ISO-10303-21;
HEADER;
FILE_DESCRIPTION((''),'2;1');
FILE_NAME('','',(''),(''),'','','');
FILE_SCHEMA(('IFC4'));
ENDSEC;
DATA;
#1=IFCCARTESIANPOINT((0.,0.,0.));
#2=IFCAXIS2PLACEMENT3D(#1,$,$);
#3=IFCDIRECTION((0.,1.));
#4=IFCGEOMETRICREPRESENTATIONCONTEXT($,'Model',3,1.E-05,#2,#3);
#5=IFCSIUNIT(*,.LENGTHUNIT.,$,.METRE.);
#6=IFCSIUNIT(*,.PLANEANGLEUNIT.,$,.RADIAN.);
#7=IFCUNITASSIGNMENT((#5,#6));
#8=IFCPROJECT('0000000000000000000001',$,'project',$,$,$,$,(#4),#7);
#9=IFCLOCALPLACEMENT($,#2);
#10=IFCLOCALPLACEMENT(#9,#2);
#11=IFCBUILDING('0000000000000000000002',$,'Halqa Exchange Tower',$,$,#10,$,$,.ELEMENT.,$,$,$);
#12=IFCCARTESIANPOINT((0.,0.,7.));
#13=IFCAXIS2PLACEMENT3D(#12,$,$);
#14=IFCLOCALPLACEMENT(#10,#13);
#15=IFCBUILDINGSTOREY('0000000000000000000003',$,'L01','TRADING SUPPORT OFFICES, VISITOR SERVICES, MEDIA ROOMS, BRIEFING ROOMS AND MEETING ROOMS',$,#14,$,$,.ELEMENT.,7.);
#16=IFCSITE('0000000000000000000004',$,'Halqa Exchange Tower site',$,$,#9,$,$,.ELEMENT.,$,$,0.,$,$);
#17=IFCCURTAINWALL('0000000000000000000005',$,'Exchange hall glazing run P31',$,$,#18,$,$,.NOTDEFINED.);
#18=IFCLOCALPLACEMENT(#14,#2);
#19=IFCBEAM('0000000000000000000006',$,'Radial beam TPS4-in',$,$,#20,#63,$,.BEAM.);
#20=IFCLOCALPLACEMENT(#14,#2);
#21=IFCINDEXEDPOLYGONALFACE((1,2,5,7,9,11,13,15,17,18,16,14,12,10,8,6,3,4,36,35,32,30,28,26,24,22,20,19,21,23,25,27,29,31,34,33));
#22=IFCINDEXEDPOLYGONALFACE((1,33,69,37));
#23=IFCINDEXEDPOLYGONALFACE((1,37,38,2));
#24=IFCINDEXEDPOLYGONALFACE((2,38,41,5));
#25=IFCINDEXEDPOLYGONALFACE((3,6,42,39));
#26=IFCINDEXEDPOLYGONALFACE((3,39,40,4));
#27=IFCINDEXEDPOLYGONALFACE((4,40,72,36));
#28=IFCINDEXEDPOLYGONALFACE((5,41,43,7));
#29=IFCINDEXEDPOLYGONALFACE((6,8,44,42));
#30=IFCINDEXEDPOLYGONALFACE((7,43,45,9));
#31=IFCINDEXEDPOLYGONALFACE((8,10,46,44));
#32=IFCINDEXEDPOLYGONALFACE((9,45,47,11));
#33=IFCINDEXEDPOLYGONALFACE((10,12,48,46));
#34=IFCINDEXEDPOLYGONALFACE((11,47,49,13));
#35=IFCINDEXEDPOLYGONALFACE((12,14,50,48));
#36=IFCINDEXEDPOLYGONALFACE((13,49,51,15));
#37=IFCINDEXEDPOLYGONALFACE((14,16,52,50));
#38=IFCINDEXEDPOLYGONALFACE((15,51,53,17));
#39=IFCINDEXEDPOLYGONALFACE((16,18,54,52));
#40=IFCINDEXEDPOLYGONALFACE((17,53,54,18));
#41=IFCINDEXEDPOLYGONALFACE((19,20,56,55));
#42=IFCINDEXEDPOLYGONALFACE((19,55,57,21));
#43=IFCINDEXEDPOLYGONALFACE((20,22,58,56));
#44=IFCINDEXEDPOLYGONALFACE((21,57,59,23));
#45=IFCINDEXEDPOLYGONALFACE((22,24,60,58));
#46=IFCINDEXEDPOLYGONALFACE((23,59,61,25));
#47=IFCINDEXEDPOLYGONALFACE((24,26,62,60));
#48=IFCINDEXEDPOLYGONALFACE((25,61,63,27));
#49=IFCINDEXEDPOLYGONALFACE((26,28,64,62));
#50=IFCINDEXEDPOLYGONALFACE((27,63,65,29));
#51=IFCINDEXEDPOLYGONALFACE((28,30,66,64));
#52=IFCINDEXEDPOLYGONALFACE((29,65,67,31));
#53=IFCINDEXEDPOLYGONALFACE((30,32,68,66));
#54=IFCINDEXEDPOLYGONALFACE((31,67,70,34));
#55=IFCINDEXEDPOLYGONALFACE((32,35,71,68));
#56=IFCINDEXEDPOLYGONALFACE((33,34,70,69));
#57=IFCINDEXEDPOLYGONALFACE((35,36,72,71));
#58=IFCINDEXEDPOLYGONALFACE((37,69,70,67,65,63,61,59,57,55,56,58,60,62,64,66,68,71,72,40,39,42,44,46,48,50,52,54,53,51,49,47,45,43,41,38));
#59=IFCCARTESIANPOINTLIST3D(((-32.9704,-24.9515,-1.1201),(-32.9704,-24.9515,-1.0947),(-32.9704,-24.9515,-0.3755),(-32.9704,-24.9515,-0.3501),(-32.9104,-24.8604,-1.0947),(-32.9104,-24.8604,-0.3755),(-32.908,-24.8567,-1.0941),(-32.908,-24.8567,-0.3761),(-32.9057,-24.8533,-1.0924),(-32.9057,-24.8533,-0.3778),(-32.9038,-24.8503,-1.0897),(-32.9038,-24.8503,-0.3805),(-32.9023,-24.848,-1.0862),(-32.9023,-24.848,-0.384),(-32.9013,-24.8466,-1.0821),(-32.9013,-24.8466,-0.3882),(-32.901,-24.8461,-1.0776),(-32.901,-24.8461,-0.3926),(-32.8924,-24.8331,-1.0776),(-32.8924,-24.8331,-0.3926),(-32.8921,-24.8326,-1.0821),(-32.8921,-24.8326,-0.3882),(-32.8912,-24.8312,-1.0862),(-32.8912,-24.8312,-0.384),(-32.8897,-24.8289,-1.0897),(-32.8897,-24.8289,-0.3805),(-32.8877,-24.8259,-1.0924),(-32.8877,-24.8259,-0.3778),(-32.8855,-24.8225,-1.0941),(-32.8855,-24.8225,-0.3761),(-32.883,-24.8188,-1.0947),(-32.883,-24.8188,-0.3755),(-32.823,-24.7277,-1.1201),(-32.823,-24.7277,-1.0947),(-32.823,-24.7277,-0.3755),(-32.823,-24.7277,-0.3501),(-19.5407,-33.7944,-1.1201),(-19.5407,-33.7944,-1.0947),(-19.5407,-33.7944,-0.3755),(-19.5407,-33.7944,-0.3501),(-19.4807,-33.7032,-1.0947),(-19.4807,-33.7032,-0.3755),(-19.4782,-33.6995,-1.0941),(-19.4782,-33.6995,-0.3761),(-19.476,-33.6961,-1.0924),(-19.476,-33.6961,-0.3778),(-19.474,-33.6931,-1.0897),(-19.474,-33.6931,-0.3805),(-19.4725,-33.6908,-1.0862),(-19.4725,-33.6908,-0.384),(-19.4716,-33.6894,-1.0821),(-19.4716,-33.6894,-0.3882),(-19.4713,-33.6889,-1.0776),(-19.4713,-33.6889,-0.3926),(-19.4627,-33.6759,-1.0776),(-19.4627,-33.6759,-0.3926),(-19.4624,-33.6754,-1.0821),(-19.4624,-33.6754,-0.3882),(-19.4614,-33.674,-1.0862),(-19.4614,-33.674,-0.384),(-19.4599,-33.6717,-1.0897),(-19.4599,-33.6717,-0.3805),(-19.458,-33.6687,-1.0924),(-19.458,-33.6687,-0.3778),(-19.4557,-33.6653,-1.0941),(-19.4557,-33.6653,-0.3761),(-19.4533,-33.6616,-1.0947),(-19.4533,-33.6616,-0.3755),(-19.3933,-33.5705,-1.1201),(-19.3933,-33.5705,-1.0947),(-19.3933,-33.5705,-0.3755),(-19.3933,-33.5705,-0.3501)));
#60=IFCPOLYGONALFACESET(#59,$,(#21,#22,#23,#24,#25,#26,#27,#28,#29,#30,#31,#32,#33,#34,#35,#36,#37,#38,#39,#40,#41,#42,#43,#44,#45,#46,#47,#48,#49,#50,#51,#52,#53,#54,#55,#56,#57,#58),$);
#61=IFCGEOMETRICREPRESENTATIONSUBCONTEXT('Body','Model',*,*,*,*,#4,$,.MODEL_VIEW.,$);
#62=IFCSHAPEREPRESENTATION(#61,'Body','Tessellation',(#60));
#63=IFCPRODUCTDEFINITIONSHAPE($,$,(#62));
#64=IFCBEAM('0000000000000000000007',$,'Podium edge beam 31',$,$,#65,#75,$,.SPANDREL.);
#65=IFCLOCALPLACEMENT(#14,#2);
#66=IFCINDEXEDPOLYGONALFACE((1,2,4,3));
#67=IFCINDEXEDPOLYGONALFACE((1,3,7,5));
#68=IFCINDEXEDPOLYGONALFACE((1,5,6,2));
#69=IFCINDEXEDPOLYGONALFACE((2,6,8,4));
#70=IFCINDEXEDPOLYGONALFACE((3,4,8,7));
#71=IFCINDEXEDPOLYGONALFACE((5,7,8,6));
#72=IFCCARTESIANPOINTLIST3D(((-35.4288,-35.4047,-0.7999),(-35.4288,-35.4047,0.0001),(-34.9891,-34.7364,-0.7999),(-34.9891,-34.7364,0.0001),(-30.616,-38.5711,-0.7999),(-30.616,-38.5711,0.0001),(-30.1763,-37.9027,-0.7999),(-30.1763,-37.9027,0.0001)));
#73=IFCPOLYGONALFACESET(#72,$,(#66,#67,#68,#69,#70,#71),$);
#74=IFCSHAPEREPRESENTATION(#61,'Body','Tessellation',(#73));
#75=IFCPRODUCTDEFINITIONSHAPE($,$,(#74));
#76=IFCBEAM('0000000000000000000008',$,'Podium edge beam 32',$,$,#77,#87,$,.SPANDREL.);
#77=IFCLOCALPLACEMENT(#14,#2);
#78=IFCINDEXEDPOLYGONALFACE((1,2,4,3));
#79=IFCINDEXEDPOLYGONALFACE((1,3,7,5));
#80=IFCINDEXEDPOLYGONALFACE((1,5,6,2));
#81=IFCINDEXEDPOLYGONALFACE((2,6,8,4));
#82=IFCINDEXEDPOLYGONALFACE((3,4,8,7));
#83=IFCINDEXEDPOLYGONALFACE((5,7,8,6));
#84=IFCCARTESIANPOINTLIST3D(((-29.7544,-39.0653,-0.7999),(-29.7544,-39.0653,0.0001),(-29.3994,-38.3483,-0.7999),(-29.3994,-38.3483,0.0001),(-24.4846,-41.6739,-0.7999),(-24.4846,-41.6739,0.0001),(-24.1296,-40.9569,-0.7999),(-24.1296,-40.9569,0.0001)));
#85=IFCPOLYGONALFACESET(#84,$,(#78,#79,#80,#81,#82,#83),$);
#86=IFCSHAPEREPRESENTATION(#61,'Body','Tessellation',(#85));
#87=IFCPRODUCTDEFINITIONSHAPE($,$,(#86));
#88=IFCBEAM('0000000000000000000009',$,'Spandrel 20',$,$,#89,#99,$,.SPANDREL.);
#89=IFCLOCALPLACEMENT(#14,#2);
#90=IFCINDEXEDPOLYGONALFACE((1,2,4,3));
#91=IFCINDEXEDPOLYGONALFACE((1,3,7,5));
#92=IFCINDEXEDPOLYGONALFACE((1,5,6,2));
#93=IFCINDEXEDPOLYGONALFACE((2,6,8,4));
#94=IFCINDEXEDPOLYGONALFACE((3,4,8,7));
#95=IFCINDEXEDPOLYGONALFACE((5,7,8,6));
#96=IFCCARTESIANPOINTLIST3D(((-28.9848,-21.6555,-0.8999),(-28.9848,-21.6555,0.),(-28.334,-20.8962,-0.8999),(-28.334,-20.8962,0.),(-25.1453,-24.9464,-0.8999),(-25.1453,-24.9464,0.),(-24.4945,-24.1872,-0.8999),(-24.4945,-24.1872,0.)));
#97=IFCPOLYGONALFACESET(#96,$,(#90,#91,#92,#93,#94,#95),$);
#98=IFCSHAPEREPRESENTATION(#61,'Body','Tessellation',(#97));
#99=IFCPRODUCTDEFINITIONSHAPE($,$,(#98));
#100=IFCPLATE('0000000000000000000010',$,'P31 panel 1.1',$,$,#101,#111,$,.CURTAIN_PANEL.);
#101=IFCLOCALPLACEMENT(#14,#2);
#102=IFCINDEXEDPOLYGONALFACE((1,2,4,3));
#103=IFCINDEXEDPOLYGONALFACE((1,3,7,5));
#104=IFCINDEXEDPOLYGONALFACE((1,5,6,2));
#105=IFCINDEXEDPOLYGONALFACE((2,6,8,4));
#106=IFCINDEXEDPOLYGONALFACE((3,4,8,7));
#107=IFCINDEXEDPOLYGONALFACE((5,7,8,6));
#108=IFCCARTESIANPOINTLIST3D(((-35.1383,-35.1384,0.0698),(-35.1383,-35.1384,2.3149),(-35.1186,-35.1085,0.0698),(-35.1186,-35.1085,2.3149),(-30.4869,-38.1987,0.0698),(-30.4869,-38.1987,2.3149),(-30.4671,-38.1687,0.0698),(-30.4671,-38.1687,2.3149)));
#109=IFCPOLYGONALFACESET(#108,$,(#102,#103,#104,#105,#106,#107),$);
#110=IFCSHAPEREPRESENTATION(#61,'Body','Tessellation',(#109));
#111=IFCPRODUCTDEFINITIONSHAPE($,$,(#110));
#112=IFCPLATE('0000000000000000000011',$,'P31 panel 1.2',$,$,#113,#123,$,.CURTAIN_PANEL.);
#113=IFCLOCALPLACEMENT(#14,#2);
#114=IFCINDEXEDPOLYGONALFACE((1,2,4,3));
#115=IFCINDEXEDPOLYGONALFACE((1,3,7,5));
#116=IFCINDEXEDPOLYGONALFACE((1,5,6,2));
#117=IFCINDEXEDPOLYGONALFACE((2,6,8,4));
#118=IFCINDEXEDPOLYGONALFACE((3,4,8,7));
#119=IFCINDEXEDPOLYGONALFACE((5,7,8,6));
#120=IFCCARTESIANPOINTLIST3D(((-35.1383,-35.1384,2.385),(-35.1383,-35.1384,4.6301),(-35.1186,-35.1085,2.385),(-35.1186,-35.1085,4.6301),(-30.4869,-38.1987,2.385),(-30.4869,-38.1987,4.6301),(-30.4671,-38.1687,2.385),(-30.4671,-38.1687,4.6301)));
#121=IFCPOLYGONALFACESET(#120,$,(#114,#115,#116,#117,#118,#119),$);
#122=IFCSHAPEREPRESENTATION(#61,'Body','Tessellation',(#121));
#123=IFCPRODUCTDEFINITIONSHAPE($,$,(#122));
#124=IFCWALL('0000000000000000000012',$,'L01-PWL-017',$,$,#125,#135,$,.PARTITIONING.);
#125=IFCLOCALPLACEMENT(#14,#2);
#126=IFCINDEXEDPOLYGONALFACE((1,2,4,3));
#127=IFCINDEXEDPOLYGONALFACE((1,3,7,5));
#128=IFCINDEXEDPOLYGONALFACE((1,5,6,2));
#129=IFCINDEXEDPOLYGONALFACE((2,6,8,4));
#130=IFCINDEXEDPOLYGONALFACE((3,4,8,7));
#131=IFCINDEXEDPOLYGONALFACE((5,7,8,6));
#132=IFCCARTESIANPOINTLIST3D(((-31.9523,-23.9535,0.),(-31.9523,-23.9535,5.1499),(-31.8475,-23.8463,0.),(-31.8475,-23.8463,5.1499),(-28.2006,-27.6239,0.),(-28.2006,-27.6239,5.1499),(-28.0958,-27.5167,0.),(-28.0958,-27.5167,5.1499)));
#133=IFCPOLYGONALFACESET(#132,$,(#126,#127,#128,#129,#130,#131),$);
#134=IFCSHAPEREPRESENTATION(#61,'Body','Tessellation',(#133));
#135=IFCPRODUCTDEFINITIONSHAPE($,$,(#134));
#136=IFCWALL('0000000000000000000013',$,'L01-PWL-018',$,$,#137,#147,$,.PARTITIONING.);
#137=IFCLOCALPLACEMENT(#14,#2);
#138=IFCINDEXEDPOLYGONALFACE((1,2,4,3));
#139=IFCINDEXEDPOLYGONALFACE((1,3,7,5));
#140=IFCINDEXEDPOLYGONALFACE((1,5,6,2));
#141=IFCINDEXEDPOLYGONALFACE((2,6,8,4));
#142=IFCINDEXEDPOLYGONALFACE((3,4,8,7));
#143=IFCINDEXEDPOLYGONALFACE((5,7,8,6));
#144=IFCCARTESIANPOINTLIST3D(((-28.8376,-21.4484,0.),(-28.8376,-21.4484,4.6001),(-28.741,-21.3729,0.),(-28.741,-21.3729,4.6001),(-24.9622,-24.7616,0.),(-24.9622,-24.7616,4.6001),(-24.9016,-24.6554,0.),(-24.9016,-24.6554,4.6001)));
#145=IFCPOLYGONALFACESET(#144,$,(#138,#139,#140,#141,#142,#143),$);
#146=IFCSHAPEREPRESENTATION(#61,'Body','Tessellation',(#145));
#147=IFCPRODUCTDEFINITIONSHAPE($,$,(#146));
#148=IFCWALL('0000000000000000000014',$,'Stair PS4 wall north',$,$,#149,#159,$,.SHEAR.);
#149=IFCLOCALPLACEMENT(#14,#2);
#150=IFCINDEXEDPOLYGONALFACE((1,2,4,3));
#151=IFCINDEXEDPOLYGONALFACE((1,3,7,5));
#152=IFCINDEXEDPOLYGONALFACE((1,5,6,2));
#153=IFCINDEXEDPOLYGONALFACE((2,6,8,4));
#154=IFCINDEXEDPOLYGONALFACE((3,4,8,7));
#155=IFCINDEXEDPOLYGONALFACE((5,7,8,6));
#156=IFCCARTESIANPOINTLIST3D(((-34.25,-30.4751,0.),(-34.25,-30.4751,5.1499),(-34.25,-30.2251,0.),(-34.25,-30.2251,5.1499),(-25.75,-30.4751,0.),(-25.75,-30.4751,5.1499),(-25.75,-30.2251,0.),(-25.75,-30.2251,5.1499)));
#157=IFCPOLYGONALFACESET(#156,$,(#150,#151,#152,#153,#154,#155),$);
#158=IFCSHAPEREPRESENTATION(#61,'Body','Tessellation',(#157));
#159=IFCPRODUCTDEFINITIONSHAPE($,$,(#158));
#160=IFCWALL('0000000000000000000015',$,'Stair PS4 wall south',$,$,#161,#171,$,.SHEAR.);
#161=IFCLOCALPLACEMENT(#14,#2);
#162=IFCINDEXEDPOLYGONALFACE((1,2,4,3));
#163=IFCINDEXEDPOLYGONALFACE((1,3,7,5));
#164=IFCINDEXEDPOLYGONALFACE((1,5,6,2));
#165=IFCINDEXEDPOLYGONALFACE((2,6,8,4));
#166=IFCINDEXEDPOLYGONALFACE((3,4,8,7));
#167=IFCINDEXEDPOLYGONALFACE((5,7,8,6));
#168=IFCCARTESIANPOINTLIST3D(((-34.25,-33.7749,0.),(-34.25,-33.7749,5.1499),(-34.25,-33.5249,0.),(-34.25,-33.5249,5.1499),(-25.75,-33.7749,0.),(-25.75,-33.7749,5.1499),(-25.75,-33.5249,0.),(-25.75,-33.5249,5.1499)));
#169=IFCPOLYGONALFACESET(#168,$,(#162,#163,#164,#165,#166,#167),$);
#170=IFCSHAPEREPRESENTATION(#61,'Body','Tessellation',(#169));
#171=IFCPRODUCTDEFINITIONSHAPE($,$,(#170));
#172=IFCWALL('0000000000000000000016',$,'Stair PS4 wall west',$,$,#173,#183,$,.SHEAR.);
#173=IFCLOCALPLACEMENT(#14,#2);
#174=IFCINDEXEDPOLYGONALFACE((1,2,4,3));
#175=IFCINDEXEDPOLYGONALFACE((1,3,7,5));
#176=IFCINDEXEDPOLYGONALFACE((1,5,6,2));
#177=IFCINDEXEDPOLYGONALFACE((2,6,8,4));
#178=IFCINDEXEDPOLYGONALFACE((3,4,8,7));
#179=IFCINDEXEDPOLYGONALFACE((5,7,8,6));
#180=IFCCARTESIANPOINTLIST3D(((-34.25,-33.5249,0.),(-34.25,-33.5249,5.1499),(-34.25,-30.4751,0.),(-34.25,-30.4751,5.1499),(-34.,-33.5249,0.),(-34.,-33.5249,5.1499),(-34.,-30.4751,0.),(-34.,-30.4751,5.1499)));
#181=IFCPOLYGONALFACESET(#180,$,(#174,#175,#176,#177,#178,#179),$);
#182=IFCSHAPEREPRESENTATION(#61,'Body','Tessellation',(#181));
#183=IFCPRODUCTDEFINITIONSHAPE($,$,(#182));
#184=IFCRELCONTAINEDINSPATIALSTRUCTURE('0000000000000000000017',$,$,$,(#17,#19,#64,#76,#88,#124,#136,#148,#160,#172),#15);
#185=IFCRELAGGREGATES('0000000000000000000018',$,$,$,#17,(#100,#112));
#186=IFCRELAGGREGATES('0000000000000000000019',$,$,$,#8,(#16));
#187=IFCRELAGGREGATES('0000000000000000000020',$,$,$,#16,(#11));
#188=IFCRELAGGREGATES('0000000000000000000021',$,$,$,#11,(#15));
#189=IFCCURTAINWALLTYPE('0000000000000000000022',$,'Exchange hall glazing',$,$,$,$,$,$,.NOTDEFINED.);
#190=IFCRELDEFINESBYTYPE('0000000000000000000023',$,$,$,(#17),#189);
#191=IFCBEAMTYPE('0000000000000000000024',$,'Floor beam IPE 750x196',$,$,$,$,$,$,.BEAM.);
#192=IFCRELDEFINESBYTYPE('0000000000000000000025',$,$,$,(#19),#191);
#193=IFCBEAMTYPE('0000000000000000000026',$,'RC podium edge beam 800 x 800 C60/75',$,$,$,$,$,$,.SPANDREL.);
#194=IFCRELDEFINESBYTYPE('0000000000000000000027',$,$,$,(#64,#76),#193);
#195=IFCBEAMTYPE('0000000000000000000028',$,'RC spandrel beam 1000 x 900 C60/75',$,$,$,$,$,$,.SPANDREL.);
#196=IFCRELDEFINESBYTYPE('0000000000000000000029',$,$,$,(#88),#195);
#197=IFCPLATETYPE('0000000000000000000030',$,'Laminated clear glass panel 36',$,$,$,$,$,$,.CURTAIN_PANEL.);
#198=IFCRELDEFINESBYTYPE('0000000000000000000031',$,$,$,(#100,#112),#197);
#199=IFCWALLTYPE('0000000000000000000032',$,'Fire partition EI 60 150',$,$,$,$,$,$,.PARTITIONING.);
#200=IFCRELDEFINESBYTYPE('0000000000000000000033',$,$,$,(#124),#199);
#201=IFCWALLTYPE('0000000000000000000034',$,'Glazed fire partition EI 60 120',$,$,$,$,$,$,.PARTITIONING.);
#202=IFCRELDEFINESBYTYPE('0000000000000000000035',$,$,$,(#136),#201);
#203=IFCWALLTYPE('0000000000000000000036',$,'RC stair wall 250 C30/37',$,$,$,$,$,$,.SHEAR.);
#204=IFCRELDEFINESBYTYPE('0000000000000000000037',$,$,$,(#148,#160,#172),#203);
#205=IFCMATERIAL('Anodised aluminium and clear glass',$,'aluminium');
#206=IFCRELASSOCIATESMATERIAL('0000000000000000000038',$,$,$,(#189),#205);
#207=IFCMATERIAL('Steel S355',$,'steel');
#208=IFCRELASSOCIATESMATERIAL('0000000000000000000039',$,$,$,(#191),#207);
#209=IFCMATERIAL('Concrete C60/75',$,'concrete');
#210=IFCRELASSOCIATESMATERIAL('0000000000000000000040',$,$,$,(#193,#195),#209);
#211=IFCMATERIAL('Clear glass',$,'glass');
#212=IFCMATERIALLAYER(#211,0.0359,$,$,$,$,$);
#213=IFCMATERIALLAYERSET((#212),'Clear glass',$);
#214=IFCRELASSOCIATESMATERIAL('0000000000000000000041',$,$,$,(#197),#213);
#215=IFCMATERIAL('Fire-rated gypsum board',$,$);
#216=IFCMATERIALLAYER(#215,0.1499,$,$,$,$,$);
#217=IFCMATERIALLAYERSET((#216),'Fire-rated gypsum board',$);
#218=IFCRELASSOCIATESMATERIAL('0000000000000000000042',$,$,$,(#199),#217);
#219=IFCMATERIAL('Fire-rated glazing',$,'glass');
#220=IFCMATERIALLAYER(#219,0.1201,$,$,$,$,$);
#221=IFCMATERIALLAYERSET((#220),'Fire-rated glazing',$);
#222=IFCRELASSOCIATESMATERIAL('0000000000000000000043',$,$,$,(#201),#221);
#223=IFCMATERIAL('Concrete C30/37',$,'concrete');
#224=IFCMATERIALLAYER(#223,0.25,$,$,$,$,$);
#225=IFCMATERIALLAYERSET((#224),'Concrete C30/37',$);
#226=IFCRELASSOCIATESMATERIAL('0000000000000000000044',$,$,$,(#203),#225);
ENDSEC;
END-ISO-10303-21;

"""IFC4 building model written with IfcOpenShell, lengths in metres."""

from ifc_helpers import new_model, si_unit, direction, frame, frame_2d, origin, origin_2d, place, context, subcontext, project, spatial, polyline, rectangle, i_section, outline, extrude, material, layer, layer_set, material_profile, profile_set, type_object, element, aggregate, save


model = new_model("IFC4")

# Units and contexts
model_context = context("Model", 3, precision=1e-05, world=origin(), true_north=direction((0.0, 1.0)))
body_context = subcontext(model_context, "Body", "Model", "MODEL_VIEW")
ifc_project = project(units=[si_unit("LENGTHUNIT", "METRE"), si_unit("PLANEANGLEUNIT", "RADIAN")], contexts=[model_context])

# Site, building, storey
site_placement = place(None, origin())
site = spatial("IfcSite", under=ifc_project, at=site_placement, Name="Halqa Exchange Tower site", CompositionType="ELEMENT", RefElevation=0.0)
building_placement = place(site_placement, origin())
building = spatial("IfcBuilding", under=site, at=building_placement, Name="Halqa Exchange Tower", CompositionType="ELEMENT")
storey_placement = place(building_placement, frame((0.0, 0.0, 7.0)))
storey = spatial("IfcBuildingStorey", under=building, at=storey_placement, Name="L01", Description="TRADING SUPPORT OFFICES, VISITOR SERVICES, MEDIA ROOMS, BRIEFING ROOMS AND MEETING ROOMS", CompositionType="ELEMENT", Elevation=7.0)

# Shared definitions
ifc_material_1 = material(Name="Concrete C60/75", Category="concrete")

# Curtain wall
ifc_material_2 = material(Name="Anodised aluminium and clear glass", Category="aluminium")
curtain_wall_type = type_object("IfcCurtainWallType", Name="Exchange hall glazing", PredefinedType="NOTDEFINED", material=ifc_material_2)
curtain_wall_1_placement = place(storey_placement, origin())
curtain_wall_1 = element("IfcCurtainWall", 1, at=curtain_wall_1_placement, inside=storey, type_object=curtain_wall_type, Name="Exchange hall glazing run P31", PredefinedType="NOTDEFINED")

# Beams
ifc_material_3 = material(Name="Steel S355", Category="steel")
ifc_material_profile_1 = material_profile(ifc_material_3, i_section(OverallWidth=0.2681, OverallDepth=0.77, WebThickness=0.0156, FlangeThickness=0.0254, FilletRadius=0.0171, at=origin_2d()), Name="IPE 750x196")
ifc_profile_set_1 = profile_set([ifc_material_profile_1], Name="Steel S355")
beam_type_1 = type_object("IfcBeamType", Name="Floor beam IPE 750x196", PredefinedType="BEAM", material=ifc_profile_set_1)
beam_1_placement = place(storey_placement, frame((-32.8967, -24.8396, -0.7351), z_axis=(0.835204, -0.54994, 0.0), x_axis=(0.54994, 0.835204, 0.0)))
element("IfcBeam", 2, at=beam_1_placement, inside=storey, type_object=beam_type_1, Name="Radial beam TPS4-in", PredefinedType="BEAM", context=body_context, shape_type="SweptSolid", body=[
    extrude(i_section(OverallWidth=0.2681, OverallDepth=0.77, WebThickness=0.0156, FlangeThickness=0.0254, FilletRadius=0.0171, at=origin_2d()), origin(), (0.0, 0.0, 1.0), 16.0796),
])
ifc_material_profile_2 = material_profile(ifc_material_1, rectangle(XDim=0.8, YDim=0.8, at=origin_2d()), Name="800 x 800")
ifc_profile_set_2 = profile_set([ifc_material_profile_2], Name="Concrete C60/75")
beam_type_2 = type_object("IfcBeamType", Name="RC podium edge beam 800 x 800 C60/75", PredefinedType="SPANDREL", material=ifc_profile_set_2)
beam_2_placement = place(storey_placement, frame((-35.209, -35.0706, -0.3999), z_axis=(0.835419, -0.549614, 0.0), x_axis=(0.549614, 0.835419, 0.0)))
element("IfcBeam", 3, at=beam_2_placement, inside=storey, type_object=beam_type_2, Name="Podium edge beam 31", PredefinedType="SPANDREL", context=body_context, shape_type="SweptSolid", body=[
    extrude(rectangle(XDim=0.8, YDim=0.8, at=origin_2d()), origin(), (0.0, 0.0, 1.0), 5.761),
])
beam_3_placement = place(storey_placement, frame((-29.5769, -38.7068, -0.3999), z_axis=(0.896205, -0.443639, 0.0), x_axis=(0.443639, 0.896205, 0.0)))
element("IfcBeam", 4, at=beam_3_placement, inside=storey, type_object=beam_type_2, Name="Podium edge beam 32", PredefinedType="SPANDREL", context=body_context, shape_type="SweptSolid", body=[
    extrude(rectangle(XDim=0.8, YDim=0.8, at=origin_2d()), origin(), (0.0, 0.0, 1.0), 5.8801),
])
ifc_material_profile_3 = material_profile(ifc_material_1, rectangle(XDim=1.0, YDim=0.8999, at=origin_2d()), Name="1000 x 900")
ifc_profile_set_3 = profile_set([ifc_material_profile_3], Name="Concrete C60/75")
beam_type_3 = type_object("IfcBeamType", Name="RC spandrel beam 1000 x 900 C60/75", PredefinedType="SPANDREL", material=ifc_profile_set_3)
beam_4_placement = place(storey_placement, frame((-28.6594, -21.2759, -0.45), z_axis=(0.759263, -0.650783, 0.0), x_axis=(0.650783, 0.759263, 0.0)))
element("IfcBeam", 5, at=beam_4_placement, inside=storey, type_object=beam_type_3, Name="Spandrel 20", PredefinedType="SPANDREL", context=body_context, shape_type="SweptSolid", body=[
    extrude(rectangle(XDim=1.0, YDim=0.8999, at=origin_2d()), origin(), (0.0, 0.0, 1.0), 5.0569),
])

# Plates
ifc_material_4 = material(Name="Clear glass", Category="glass")
ifc_layer_1 = layer(ifc_material_4, 0.0359)
ifc_layer_set_1 = layer_set([ifc_layer_1], Name="Clear glass")
plate_type = type_object("IfcPlateType", Name="Laminated clear glass panel 36", PredefinedType="CURTAIN_PANEL", material=ifc_layer_set_1)
plate_1_placement = place(storey_placement, frame((-32.8027, -36.6536, 0.0698), z_axis=(0.0, 0.0, 1.0), x_axis=(0.835415, -0.54962, 0.0)))
plate_1 = element("IfcPlate", 6, at=plate_1_placement, type_object=plate_type, Name="P31 panel 1.1", PredefinedType="CURTAIN_PANEL", context=body_context, shape_type="SweptSolid", body=[
    extrude(rectangle(XDim=5.5679, YDim=0.0359, at=origin_2d()), origin(), (0.0, 0.0, 1.0), 2.2451),
])
plate_2_placement = place(storey_placement, frame((-32.8027, -36.6536, 2.385), z_axis=(0.0, 0.0, 1.0), x_axis=(0.835415, -0.54962, 0.0)))
plate_2 = element("IfcPlate", 7, at=plate_2_placement, type_object=plate_type, Name="P31 panel 1.2", PredefinedType="CURTAIN_PANEL", context=body_context, shape_type="SweptSolid", body=[
    extrude(rectangle(XDim=5.5679, YDim=0.0359, at=origin_2d()), origin(), (0.0, 0.0, 1.0), 2.2451),
])
aggregate(curtain_wall_1, [plate_1, plate_2])

# Walls
ifc_material_5 = material(Name="Fire-rated gypsum board")
ifc_layer_2 = layer(ifc_material_5, 0.1499)
ifc_layer_set_2 = layer_set([ifc_layer_2], Name="Fire-rated gypsum board")
wall_type_1 = type_object("IfcWallType", Name="Fire partition EI 60 150", PredefinedType="PARTITIONING", material=ifc_layer_set_2)
wall_1_placement = place(storey_placement, frame((-31.8999, -23.8999, 0.0), z_axis=(0.0, 0.0, 1.0), x_axis=(0.714809, -0.699319, 0.0)))
element("IfcWall", 8, at=wall_1_placement, inside=storey, type_object=wall_type_1, Name="L01-PWL-017", PredefinedType="PARTITIONING", context=body_context, shape_type="SweptSolid", body=[
    extrude(rectangle(XDim=5.2485, YDim=0.1499, at=frame_2d((2.6243, 0.0))), origin(), (0.0, 0.0, 1.0), 5.1499),
])
ifc_material_6 = material(Name="Fire-rated glazing", Category="glass")
ifc_layer_3 = layer(ifc_material_6, 0.1201)
ifc_layer_set_3 = layer_set([ifc_layer_3], Name="Fire-rated glazing")
wall_type_2 = type_object("IfcWallType", Name="Glazed fire partition EI 60 120", PredefinedType="PARTITIONING", material=ifc_layer_set_3)
wall_2_placement = place(storey_placement, frame((-28.7893, -21.4106, 0.0), z_axis=(0.0, 0.0, 1.0), x_axis=(0.760085, -0.649824, 0.0)))
element("IfcWall", 9, at=wall_2_placement, inside=storey, type_object=wall_type_2, Name="L01-PWL-018", PredefinedType="PARTITIONING", context=body_context, shape_type="SweptSolid", body=[
    extrude(outline(polyline([(-0.0122, -0.0601), (5.0864, -0.0601), (5.0635, 0.0601), (0.0122, 0.0601), (-0.0122, -0.0601)])), origin(), (0.0, 0.0, 1.0), 4.6001),
])
ifc_material_7 = material(Name="Concrete C30/37", Category="concrete")
ifc_layer_4 = layer(ifc_material_7, 0.25)
ifc_layer_set_4 = layer_set([ifc_layer_4], Name="Concrete C30/37")
wall_type_3 = type_object("IfcWallType", Name="RC stair wall 250 C30/37", PredefinedType="SHEAR", material=ifc_layer_set_4)
for number, where, z_axis, x_axis, name in (
    (10, (-34.25, -30.3501, 0.0), (0.0, 0.0, 1.0), (1.0, 0.0, 0.0), "Stair PS4 wall north"),
    (11, (-34.25, -33.6499, 0.0), (0.0, 0.0, 1.0), (1.0, 0.0, 0.0), "Stair PS4 wall south"),
):
    element("IfcWall", number, at=place(storey_placement, frame(where, z_axis=z_axis, x_axis=x_axis)), inside=storey, type_object=wall_type_3, Name=name, PredefinedType="SHEAR", context=body_context, shape_type="SweptSolid", body=[
        extrude(rectangle(XDim=8.5, YDim=0.25, at=frame_2d((4.25, 0.0))), origin(), (0.0, 0.0, 1.0), 5.1499),
    ])
wall_3_placement = place(storey_placement, frame((-34.125, -33.5249, 0.0), z_axis=(0.0, 0.0, 1.0), x_axis=(0.0, 1.0, 0.0)))
element("IfcWall", 12, at=wall_3_placement, inside=storey, type_object=wall_type_3, Name="Stair PS4 wall west", PredefinedType="SHEAR", context=body_context, shape_type="SweptSolid", body=[
    extrude(rectangle(XDim=3.0498, YDim=0.25, at=frame_2d((1.5249, 0.0))), origin(), (0.0, 0.0, 1.0), 5.1499),
])

save(model, "model.ifc")
